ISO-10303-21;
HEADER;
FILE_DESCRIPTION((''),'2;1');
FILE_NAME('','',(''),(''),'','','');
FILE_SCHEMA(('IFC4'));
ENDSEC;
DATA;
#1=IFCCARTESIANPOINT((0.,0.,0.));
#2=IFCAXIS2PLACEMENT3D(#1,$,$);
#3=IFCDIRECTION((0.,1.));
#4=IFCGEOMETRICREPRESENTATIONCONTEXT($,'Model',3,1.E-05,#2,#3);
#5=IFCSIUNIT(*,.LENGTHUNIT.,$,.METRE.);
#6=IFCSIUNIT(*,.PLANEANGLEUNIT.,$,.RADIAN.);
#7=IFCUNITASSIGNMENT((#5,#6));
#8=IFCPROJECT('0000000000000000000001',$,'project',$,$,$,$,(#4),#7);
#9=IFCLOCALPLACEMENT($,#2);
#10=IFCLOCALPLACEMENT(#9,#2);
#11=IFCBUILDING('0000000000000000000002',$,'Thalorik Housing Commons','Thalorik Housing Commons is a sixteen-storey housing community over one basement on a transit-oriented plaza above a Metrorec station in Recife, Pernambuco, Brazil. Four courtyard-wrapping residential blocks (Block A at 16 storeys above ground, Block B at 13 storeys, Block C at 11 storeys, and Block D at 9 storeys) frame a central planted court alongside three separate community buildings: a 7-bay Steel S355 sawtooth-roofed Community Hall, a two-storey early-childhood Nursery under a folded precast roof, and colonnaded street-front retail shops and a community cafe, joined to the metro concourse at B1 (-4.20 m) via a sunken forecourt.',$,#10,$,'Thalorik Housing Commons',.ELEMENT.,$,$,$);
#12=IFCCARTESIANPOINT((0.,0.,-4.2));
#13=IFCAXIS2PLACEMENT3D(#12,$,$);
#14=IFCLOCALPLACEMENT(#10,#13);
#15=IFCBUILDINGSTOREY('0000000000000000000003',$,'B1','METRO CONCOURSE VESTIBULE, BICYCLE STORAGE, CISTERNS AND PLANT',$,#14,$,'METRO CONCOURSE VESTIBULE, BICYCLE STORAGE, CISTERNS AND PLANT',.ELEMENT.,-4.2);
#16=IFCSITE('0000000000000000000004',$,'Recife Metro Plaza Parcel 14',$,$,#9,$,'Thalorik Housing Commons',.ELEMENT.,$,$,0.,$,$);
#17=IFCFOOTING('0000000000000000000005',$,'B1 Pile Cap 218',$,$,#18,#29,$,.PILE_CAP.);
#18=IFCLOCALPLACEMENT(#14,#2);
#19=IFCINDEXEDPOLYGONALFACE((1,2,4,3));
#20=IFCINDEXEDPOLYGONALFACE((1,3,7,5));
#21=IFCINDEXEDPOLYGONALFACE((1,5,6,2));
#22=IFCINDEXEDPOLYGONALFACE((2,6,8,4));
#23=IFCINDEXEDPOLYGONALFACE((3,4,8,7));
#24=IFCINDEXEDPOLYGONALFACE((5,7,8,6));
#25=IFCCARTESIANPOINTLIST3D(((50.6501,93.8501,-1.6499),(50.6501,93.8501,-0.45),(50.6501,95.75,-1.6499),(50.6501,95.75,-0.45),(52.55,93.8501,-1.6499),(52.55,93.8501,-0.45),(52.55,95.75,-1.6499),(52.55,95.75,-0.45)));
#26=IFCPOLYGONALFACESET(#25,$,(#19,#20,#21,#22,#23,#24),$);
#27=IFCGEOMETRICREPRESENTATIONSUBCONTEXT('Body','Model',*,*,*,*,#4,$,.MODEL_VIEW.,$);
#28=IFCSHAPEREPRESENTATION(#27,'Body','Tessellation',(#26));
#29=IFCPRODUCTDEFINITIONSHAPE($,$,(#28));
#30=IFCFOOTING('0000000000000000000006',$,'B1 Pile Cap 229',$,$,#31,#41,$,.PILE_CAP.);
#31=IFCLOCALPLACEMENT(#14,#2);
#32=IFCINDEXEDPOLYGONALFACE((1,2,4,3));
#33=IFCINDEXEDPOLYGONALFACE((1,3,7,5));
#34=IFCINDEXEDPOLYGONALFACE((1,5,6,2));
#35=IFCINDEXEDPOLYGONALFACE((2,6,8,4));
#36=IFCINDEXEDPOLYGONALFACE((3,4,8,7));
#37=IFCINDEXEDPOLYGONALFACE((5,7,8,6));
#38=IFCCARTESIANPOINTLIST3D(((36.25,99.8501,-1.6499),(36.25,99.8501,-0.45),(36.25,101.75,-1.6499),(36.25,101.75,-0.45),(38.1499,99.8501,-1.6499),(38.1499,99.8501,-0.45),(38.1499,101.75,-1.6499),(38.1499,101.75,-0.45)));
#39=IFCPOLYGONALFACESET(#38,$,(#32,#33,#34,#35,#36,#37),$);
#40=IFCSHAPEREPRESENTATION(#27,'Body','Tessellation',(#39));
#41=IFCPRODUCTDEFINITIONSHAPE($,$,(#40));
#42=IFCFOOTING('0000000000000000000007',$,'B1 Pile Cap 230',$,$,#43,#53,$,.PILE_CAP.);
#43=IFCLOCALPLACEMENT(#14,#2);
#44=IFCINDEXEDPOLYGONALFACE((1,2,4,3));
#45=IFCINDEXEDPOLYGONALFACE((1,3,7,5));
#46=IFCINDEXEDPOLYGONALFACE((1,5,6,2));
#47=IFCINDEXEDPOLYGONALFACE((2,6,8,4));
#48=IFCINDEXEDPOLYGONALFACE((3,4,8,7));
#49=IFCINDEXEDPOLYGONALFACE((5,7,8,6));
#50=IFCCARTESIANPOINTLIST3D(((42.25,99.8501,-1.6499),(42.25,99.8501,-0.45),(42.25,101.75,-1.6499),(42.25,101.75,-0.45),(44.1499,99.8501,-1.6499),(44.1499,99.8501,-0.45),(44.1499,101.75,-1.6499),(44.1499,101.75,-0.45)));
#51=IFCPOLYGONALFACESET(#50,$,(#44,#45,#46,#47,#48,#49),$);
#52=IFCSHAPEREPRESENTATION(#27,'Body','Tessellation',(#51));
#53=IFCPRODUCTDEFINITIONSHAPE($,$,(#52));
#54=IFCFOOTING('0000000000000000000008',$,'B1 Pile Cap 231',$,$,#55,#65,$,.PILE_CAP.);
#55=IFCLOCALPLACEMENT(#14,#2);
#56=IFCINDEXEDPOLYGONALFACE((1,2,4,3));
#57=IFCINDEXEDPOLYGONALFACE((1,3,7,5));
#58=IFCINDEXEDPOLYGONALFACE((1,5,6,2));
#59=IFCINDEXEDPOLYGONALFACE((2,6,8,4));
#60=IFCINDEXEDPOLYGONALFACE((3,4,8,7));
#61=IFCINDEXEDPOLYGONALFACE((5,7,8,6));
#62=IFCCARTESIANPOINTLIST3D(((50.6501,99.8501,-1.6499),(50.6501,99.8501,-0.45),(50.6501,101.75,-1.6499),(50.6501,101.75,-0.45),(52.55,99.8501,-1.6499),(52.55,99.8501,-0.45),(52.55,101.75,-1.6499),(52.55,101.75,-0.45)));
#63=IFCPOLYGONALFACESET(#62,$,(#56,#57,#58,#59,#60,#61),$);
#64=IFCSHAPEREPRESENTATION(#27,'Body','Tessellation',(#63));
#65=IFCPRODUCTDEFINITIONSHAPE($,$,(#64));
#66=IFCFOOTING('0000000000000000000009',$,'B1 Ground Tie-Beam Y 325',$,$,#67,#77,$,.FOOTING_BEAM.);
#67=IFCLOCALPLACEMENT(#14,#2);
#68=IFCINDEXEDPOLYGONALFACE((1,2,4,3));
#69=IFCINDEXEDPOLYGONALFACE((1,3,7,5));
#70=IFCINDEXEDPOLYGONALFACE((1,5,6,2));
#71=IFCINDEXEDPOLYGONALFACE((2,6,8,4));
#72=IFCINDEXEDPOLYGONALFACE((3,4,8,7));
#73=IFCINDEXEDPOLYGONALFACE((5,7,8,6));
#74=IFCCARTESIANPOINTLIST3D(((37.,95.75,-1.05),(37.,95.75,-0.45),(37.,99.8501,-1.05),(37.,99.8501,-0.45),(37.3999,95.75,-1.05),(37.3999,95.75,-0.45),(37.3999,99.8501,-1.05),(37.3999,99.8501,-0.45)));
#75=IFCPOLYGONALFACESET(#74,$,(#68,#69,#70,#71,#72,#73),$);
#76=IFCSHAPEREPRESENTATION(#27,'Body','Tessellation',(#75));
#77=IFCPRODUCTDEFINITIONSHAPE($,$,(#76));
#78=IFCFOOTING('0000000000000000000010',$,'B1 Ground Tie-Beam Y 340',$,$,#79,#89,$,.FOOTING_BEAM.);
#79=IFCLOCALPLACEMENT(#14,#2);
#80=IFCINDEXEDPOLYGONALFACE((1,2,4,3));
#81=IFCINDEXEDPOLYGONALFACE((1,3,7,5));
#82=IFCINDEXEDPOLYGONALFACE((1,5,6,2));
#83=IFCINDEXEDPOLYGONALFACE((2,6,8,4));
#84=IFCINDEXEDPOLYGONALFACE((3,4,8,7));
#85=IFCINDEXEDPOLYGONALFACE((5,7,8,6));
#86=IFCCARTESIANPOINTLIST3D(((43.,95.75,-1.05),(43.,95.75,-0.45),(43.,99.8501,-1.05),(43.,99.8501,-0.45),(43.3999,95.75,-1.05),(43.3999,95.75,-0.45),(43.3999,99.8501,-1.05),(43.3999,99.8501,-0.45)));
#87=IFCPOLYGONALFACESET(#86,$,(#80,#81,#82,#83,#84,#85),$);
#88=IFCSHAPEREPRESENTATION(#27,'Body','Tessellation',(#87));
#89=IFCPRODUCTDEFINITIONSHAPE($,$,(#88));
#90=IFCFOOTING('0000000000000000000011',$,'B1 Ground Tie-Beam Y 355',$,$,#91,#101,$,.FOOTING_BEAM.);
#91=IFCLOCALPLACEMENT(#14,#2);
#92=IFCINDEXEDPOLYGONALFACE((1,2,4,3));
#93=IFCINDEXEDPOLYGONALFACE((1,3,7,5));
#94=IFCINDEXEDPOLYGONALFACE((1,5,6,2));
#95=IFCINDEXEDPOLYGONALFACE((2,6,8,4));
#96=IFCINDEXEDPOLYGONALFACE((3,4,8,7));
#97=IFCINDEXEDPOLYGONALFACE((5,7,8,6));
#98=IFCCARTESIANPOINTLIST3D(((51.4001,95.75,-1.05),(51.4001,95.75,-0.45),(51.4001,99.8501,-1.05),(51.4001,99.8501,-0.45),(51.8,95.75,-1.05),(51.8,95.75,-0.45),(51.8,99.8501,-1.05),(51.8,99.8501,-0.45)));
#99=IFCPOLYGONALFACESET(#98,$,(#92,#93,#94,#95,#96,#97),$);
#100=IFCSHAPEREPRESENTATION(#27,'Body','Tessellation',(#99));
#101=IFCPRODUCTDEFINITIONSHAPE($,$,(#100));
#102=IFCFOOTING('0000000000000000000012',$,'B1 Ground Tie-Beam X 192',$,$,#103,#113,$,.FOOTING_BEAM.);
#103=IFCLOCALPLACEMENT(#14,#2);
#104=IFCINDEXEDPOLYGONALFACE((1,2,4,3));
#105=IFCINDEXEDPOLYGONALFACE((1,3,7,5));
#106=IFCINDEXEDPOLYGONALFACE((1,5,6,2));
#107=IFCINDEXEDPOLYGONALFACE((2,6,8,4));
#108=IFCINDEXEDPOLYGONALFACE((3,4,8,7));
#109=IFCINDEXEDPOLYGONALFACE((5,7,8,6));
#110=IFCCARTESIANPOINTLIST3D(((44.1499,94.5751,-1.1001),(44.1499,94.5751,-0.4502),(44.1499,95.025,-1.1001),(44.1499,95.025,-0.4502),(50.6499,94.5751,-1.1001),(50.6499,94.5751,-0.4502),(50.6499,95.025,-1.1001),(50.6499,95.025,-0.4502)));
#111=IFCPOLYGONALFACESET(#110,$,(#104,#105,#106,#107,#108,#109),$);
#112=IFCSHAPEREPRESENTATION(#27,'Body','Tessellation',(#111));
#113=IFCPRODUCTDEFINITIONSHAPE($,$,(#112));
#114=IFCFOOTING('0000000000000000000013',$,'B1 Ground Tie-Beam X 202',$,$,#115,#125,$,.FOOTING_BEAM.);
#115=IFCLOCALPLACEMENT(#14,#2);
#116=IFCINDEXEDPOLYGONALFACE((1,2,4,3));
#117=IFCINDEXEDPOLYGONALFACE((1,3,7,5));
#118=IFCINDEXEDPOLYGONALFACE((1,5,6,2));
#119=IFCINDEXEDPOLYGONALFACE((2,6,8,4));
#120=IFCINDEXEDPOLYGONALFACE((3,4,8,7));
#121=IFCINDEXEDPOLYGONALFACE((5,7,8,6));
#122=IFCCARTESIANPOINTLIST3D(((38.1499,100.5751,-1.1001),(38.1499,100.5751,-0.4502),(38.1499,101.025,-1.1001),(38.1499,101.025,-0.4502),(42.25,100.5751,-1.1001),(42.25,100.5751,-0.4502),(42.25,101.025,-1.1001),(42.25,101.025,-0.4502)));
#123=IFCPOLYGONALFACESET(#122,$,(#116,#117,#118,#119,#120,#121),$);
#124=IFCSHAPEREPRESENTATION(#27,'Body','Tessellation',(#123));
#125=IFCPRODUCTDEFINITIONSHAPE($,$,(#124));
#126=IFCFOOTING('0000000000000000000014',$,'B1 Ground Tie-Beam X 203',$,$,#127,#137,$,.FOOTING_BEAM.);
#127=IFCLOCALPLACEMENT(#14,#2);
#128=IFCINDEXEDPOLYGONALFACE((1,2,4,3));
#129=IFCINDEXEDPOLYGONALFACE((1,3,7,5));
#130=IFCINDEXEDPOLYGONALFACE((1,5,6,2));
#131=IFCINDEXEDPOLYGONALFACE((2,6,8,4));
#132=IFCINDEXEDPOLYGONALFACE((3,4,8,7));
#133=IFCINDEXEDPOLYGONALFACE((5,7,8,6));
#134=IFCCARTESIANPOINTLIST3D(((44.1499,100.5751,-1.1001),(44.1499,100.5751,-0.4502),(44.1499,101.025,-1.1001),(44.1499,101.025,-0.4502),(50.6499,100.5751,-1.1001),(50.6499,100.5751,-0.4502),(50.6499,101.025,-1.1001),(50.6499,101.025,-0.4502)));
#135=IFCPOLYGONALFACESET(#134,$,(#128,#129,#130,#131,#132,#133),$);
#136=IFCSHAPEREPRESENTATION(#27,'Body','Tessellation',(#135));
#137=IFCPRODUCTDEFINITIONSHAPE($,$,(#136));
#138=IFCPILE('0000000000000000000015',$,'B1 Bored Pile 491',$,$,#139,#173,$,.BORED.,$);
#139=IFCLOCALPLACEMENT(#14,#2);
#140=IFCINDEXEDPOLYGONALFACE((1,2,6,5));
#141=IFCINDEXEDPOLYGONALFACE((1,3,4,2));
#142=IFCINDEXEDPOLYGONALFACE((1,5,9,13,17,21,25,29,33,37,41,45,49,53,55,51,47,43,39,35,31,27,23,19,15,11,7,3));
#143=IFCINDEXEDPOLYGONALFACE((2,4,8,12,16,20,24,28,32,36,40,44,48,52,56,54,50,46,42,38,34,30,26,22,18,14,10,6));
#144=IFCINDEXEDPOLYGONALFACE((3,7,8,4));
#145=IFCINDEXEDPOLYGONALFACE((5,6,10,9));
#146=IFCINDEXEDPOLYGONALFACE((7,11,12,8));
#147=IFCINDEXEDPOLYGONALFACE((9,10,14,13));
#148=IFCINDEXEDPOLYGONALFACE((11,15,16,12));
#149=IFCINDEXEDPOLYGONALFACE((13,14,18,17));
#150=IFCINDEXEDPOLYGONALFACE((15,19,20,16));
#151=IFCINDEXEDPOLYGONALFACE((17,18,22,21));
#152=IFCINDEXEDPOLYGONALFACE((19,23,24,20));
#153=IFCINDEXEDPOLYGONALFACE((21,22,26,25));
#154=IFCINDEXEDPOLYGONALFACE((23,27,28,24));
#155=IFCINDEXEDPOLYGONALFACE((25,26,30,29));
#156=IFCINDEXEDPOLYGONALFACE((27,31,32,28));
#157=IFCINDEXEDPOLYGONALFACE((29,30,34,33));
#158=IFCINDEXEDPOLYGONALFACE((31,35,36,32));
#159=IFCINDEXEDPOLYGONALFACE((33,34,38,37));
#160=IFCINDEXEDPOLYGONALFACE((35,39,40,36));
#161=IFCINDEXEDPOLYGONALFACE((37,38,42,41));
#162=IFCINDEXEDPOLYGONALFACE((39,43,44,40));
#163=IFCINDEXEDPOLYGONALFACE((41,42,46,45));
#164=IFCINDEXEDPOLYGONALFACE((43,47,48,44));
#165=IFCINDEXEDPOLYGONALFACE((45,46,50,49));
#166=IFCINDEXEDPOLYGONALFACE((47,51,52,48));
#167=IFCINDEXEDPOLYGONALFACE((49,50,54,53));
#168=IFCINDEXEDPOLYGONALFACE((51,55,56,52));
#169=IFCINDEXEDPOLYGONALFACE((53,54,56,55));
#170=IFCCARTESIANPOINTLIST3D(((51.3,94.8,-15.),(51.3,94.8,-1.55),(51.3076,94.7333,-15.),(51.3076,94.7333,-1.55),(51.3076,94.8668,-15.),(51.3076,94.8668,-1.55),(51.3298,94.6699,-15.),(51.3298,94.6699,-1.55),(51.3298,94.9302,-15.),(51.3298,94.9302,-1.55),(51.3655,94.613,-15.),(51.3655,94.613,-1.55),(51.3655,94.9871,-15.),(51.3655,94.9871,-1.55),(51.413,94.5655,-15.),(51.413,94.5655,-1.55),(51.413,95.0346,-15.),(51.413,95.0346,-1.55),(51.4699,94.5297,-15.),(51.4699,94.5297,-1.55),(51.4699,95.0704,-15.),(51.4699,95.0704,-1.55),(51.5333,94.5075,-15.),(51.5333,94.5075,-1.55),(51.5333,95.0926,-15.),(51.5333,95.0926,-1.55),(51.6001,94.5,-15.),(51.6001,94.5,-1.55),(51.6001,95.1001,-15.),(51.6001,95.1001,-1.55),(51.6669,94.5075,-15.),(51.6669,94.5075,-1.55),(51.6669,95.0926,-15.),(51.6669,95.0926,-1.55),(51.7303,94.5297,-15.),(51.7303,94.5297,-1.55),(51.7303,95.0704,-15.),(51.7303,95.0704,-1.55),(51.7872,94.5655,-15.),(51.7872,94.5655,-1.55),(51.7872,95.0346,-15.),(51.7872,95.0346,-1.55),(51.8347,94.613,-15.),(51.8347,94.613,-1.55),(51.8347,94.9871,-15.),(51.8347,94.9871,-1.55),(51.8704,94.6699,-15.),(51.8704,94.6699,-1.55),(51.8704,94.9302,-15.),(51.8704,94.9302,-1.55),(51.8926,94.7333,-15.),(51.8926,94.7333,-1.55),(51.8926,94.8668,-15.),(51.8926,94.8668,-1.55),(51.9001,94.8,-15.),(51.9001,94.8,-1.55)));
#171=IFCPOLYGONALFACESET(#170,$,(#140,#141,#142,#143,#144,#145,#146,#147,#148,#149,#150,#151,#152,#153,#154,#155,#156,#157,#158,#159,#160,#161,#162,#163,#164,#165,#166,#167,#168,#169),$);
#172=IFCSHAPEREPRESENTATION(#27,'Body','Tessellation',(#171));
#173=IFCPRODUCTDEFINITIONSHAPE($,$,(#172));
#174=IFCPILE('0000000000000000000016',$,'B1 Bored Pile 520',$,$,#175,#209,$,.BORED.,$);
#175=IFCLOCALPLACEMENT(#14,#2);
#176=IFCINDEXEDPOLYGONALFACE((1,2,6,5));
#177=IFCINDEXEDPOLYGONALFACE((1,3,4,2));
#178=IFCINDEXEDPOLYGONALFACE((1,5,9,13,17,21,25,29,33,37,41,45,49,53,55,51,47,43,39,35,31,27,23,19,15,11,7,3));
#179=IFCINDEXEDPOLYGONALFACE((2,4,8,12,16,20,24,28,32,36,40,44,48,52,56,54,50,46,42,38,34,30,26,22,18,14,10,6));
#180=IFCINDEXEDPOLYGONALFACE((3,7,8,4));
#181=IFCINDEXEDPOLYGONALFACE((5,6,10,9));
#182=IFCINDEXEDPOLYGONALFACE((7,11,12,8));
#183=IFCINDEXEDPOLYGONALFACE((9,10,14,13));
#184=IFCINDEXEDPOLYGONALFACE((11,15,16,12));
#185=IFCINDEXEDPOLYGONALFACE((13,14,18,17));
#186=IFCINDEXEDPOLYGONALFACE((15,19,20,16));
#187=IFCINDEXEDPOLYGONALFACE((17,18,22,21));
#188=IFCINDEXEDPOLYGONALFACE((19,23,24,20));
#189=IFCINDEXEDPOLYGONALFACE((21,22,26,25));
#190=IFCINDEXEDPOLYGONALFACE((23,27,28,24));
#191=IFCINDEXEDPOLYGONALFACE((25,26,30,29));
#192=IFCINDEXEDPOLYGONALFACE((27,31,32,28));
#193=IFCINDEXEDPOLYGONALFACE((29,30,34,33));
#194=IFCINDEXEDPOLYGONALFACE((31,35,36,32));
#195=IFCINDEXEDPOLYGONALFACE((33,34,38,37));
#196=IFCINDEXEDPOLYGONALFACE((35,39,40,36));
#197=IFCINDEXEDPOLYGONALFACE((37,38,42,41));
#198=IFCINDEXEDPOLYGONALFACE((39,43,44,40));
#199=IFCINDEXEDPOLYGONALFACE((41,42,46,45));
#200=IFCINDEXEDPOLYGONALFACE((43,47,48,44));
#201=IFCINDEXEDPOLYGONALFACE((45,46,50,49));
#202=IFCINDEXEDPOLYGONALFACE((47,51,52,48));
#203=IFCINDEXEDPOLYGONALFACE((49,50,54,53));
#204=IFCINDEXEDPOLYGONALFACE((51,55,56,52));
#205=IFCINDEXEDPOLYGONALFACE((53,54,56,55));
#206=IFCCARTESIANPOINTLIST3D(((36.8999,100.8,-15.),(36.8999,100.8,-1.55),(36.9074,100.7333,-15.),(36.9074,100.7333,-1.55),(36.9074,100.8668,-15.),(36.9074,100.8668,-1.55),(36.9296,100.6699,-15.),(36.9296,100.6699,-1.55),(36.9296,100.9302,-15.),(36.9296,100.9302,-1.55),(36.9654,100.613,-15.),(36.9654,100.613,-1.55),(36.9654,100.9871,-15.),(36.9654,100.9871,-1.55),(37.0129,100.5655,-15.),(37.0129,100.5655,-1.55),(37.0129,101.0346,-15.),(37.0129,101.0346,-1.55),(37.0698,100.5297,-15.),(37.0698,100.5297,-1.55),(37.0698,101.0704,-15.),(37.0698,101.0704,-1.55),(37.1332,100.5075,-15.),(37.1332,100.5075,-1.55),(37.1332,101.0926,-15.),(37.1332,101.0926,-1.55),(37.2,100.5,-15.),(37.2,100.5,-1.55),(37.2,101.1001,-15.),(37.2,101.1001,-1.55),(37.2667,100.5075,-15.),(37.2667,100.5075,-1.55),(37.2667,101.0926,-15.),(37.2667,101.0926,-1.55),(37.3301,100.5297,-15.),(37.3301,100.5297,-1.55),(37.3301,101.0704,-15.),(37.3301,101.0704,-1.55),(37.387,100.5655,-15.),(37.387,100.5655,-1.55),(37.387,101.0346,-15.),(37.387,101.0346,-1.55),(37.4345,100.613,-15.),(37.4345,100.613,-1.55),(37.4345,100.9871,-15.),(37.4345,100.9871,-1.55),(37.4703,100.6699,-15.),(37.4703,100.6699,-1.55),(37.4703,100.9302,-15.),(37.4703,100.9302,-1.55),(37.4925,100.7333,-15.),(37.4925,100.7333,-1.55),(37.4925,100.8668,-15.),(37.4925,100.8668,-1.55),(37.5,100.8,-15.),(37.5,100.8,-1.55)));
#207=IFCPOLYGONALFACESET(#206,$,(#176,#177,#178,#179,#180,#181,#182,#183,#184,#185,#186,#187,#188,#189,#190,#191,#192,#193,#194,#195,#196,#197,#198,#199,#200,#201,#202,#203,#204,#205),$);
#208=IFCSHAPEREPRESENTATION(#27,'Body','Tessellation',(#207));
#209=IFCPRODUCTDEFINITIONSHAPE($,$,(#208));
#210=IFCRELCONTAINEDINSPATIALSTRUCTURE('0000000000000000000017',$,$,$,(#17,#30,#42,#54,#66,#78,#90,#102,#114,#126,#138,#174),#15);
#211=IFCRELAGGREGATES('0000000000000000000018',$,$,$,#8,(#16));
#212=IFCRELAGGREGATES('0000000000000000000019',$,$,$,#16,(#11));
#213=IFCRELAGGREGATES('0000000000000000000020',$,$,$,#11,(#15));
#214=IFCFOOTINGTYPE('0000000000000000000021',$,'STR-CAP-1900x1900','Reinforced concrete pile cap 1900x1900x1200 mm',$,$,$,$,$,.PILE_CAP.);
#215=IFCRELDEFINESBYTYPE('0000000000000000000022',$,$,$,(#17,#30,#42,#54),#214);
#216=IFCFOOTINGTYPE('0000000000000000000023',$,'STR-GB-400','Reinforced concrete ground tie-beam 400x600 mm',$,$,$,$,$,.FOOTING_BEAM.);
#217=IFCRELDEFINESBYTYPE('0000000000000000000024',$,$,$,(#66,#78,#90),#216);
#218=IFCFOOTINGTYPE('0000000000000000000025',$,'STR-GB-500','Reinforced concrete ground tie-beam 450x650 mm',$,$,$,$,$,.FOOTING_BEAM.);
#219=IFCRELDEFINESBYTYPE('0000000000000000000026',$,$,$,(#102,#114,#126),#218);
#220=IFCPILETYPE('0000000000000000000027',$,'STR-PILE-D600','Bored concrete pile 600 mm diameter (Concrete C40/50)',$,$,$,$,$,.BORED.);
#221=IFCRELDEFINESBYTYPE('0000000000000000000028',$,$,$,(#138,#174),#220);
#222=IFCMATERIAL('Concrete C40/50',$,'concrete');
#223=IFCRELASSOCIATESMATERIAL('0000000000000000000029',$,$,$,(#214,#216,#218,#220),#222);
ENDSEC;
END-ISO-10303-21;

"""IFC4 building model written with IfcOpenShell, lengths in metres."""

from ifc_helpers import new_model, si_unit, direction, frame, origin, origin_2d, place, context, subcontext, project, spatial, rectangle, circle, extrude, material, material_profile, profile_set, type_object, element, save


model = new_model("IFC4")

# Units and contexts
model_context = context("Model", 3, precision=1e-05, world=origin(), true_north=direction((0.0, 1.0)))
body_context = subcontext(model_context, "Body", "Model", "MODEL_VIEW")
ifc_project = project(units=[si_unit("LENGTHUNIT", "METRE"), si_unit("PLANEANGLEUNIT", "RADIAN")], contexts=[model_context])

# Site, building, storey
site_placement = place(None, origin())
site = spatial("IfcSite", under=ifc_project, at=site_placement, Name="Recife Metro Plaza Parcel 14", LongName="Thalorik Housing Commons", CompositionType="ELEMENT", RefElevation=0.0)
building_placement = place(site_placement, origin())
building = spatial("IfcBuilding", under=site, at=building_placement, Name="Thalorik Housing Commons", Description="Thalorik Housing Commons is a sixteen-storey housing community over one basement on a transit-oriented plaza above a Metrorec station in Recife, Pernambuco, Brazil. Four courtyard-wrapping residential blocks (Block A at 16 storeys above ground, Block B at 13 storeys, Block C at 11 storeys, and Block D at 9 storeys) frame a central planted court alongside three separate community buildings: a 7-bay Steel S355 sawtooth-roofed Community Hall, a two-storey early-childhood Nursery under a folded precast roof, and colonnaded street-front retail shops and a community cafe, joined to the metro concourse at B1 (-4.20 m) via a sunken forecourt.", LongName="Thalorik Housing Commons", CompositionType="ELEMENT")
storey_placement = place(building_placement, frame((0.0, 0.0, -4.2)))
storey = spatial("IfcBuildingStorey", under=building, at=storey_placement, Name="B1", Description="METRO CONCOURSE VESTIBULE, BICYCLE STORAGE, CISTERNS AND PLANT", LongName="METRO CONCOURSE VESTIBULE, BICYCLE STORAGE, CISTERNS AND PLANT", CompositionType="ELEMENT", Elevation=-4.2)

# Footings
ifc_material_1 = material(Name="Concrete C40/50", Category="concrete")
footing_type_1 = type_object("IfcFootingType", Name="STR-CAP-1900x1900", Description="Reinforced concrete pile cap 1900x1900x1200 mm", PredefinedType="PILE_CAP", material=ifc_material_1)
for number, where, z_axis, x_axis, name in (
    (1, (51.6001, 94.8, -1.6499), (0.0, 0.0, 1.0), (1.0, 0.0, 0.0), "B1 Pile Cap 218"),
    (2, (37.2, 100.8, -1.6499), (0.0, 0.0, 1.0), (1.0, 0.0, 0.0), "B1 Pile Cap 229"),
    (3, (43.2, 100.8, -1.6499), (0.0, 0.0, 1.0), (1.0, 0.0, 0.0), "B1 Pile Cap 230"),
    (4, (51.6001, 100.8, -1.6499), (0.0, 0.0, 1.0), (1.0, 0.0, 0.0), "B1 Pile Cap 231"),
):
    element("IfcFooting", number, at=place(storey_placement, frame(where, z_axis=z_axis, x_axis=x_axis)), inside=storey, type_object=footing_type_1, Name=name, PredefinedType="PILE_CAP", context=body_context, shape_type="SweptSolid", body=[
        extrude(rectangle(XDim=1.8999, YDim=1.8999, at=origin_2d()), origin(), (0.0, 0.0, 1.0), 1.2),
    ])
ifc_material_profile_1 = material_profile(ifc_material_1, rectangle(XDim=0.3999, YDim=0.6001, at=origin_2d()), Name="RC 400x600", Category="concrete")
ifc_profile_set_1 = profile_set([ifc_material_profile_1], Name="Concrete C40/50")
footing_type_2 = type_object("IfcFootingType", Name="STR-GB-400", Description="Reinforced concrete ground tie-beam 400x600 mm", PredefinedType="FOOTING_BEAM", material=ifc_profile_set_1)
for number, where, z_axis, x_axis, name in (
    (5, (37.2, 95.75, -0.75), (0.0, 1.0, 0.0), (-1.0, 0.0, 0.0), "B1 Ground Tie-Beam Y 325"),
    (6, (43.2, 95.75, -0.75), (0.0, 1.0, 0.0), (-1.0, 0.0, 0.0), "B1 Ground Tie-Beam Y 340"),
    (7, (51.6001, 95.75, -0.75), (0.0, 1.0, 0.0), (-1.0, 0.0, 0.0), "B1 Ground Tie-Beam Y 355"),
):
    element("IfcFooting", number, at=place(storey_placement, frame(where, z_axis=z_axis, x_axis=x_axis)), inside=storey, type_object=footing_type_2, Name=name, PredefinedType="FOOTING_BEAM", context=body_context, shape_type="SweptSolid", body=[
        extrude(rectangle(XDim=0.3999, YDim=0.6001, at=origin_2d()), origin(), (0.0, 0.0, 1.0), 4.1001),
    ])
ifc_material_profile_2 = material_profile(ifc_material_1, rectangle(XDim=0.45, YDim=0.6499, at=origin_2d()), Name="RC 450x650", Category="concrete")
ifc_profile_set_2 = profile_set([ifc_material_profile_2], Name="Concrete C40/50")
footing_type_3 = type_object("IfcFootingType", Name="STR-GB-500", Description="Reinforced concrete ground tie-beam 450x650 mm", PredefinedType="FOOTING_BEAM", material=ifc_profile_set_2)
footing_1_placement = place(storey_placement, frame((44.1499, 94.8, -0.7751), z_axis=(1.0, 0.0, 0.0), x_axis=(0.0, 1.0, 0.0)))
element("IfcFooting", 8, at=footing_1_placement, inside=storey, type_object=footing_type_3, Name="B1 Ground Tie-Beam X 192", PredefinedType="FOOTING_BEAM", context=body_context, shape_type="SweptSolid", body=[
    extrude(rectangle(XDim=0.45, YDim=0.6499, at=origin_2d()), origin(), (0.0, 0.0, 1.0), 6.5),
])
footing_2_placement = place(storey_placement, frame((38.1499, 100.8, -0.7751), z_axis=(1.0, 0.0, 0.0), x_axis=(0.0, 1.0, 0.0)))
element("IfcFooting", 9, at=footing_2_placement, inside=storey, type_object=footing_type_3, Name="B1 Ground Tie-Beam X 202", PredefinedType="FOOTING_BEAM", context=body_context, shape_type="SweptSolid", body=[
    extrude(rectangle(XDim=0.45, YDim=0.6499, at=origin_2d()), origin(), (0.0, 0.0, 1.0), 4.1001),
])
footing_3_placement = place(storey_placement, frame((44.1499, 100.8, -0.7751), z_axis=(1.0, 0.0, 0.0), x_axis=(0.0, 1.0, 0.0)))
element("IfcFooting", 10, at=footing_3_placement, inside=storey, type_object=footing_type_3, Name="B1 Ground Tie-Beam X 203", PredefinedType="FOOTING_BEAM", context=body_context, shape_type="SweptSolid", body=[
    extrude(rectangle(XDim=0.45, YDim=0.6499, at=origin_2d()), origin(), (0.0, 0.0, 1.0), 6.5),
])

# Piles
ifc_material_profile_3 = material_profile(ifc_material_1, circle(Radius=0.3, at=origin_2d()), Name="BORED PILE D600", Category="concrete")
ifc_profile_set_3 = profile_set([ifc_material_profile_3], Name="Concrete C40/50")
pile_type = type_object("IfcPileType", Name="STR-PILE-D600", Description="Bored concrete pile 600 mm diameter (Concrete C40/50)", PredefinedType="BORED", material=ifc_profile_set_3)
for number, where, z_axis, x_axis, name in (
    (11, (51.6001, 94.8, -1.55), (0.0, 0.0, -1.0), (1.0, 0.0, 0.0), "B1 Bored Pile 491"),
    (12, (37.2, 100.8, -1.55), (0.0, 0.0, -1.0), (1.0, 0.0, 0.0), "B1 Bored Pile 520"),
):
    element("IfcPile", number, at=place(storey_placement, frame(where, z_axis=z_axis, x_axis=x_axis)), inside=storey, type_object=pile_type, Name=name, PredefinedType="BORED", context=body_context, shape_type="SweptSolid", body=[
        extrude(circle(Radius=0.3, at=origin_2d()), origin(), (0.0, 0.0, 1.0), 13.45),
    ])

save(model, "model.ifc")
